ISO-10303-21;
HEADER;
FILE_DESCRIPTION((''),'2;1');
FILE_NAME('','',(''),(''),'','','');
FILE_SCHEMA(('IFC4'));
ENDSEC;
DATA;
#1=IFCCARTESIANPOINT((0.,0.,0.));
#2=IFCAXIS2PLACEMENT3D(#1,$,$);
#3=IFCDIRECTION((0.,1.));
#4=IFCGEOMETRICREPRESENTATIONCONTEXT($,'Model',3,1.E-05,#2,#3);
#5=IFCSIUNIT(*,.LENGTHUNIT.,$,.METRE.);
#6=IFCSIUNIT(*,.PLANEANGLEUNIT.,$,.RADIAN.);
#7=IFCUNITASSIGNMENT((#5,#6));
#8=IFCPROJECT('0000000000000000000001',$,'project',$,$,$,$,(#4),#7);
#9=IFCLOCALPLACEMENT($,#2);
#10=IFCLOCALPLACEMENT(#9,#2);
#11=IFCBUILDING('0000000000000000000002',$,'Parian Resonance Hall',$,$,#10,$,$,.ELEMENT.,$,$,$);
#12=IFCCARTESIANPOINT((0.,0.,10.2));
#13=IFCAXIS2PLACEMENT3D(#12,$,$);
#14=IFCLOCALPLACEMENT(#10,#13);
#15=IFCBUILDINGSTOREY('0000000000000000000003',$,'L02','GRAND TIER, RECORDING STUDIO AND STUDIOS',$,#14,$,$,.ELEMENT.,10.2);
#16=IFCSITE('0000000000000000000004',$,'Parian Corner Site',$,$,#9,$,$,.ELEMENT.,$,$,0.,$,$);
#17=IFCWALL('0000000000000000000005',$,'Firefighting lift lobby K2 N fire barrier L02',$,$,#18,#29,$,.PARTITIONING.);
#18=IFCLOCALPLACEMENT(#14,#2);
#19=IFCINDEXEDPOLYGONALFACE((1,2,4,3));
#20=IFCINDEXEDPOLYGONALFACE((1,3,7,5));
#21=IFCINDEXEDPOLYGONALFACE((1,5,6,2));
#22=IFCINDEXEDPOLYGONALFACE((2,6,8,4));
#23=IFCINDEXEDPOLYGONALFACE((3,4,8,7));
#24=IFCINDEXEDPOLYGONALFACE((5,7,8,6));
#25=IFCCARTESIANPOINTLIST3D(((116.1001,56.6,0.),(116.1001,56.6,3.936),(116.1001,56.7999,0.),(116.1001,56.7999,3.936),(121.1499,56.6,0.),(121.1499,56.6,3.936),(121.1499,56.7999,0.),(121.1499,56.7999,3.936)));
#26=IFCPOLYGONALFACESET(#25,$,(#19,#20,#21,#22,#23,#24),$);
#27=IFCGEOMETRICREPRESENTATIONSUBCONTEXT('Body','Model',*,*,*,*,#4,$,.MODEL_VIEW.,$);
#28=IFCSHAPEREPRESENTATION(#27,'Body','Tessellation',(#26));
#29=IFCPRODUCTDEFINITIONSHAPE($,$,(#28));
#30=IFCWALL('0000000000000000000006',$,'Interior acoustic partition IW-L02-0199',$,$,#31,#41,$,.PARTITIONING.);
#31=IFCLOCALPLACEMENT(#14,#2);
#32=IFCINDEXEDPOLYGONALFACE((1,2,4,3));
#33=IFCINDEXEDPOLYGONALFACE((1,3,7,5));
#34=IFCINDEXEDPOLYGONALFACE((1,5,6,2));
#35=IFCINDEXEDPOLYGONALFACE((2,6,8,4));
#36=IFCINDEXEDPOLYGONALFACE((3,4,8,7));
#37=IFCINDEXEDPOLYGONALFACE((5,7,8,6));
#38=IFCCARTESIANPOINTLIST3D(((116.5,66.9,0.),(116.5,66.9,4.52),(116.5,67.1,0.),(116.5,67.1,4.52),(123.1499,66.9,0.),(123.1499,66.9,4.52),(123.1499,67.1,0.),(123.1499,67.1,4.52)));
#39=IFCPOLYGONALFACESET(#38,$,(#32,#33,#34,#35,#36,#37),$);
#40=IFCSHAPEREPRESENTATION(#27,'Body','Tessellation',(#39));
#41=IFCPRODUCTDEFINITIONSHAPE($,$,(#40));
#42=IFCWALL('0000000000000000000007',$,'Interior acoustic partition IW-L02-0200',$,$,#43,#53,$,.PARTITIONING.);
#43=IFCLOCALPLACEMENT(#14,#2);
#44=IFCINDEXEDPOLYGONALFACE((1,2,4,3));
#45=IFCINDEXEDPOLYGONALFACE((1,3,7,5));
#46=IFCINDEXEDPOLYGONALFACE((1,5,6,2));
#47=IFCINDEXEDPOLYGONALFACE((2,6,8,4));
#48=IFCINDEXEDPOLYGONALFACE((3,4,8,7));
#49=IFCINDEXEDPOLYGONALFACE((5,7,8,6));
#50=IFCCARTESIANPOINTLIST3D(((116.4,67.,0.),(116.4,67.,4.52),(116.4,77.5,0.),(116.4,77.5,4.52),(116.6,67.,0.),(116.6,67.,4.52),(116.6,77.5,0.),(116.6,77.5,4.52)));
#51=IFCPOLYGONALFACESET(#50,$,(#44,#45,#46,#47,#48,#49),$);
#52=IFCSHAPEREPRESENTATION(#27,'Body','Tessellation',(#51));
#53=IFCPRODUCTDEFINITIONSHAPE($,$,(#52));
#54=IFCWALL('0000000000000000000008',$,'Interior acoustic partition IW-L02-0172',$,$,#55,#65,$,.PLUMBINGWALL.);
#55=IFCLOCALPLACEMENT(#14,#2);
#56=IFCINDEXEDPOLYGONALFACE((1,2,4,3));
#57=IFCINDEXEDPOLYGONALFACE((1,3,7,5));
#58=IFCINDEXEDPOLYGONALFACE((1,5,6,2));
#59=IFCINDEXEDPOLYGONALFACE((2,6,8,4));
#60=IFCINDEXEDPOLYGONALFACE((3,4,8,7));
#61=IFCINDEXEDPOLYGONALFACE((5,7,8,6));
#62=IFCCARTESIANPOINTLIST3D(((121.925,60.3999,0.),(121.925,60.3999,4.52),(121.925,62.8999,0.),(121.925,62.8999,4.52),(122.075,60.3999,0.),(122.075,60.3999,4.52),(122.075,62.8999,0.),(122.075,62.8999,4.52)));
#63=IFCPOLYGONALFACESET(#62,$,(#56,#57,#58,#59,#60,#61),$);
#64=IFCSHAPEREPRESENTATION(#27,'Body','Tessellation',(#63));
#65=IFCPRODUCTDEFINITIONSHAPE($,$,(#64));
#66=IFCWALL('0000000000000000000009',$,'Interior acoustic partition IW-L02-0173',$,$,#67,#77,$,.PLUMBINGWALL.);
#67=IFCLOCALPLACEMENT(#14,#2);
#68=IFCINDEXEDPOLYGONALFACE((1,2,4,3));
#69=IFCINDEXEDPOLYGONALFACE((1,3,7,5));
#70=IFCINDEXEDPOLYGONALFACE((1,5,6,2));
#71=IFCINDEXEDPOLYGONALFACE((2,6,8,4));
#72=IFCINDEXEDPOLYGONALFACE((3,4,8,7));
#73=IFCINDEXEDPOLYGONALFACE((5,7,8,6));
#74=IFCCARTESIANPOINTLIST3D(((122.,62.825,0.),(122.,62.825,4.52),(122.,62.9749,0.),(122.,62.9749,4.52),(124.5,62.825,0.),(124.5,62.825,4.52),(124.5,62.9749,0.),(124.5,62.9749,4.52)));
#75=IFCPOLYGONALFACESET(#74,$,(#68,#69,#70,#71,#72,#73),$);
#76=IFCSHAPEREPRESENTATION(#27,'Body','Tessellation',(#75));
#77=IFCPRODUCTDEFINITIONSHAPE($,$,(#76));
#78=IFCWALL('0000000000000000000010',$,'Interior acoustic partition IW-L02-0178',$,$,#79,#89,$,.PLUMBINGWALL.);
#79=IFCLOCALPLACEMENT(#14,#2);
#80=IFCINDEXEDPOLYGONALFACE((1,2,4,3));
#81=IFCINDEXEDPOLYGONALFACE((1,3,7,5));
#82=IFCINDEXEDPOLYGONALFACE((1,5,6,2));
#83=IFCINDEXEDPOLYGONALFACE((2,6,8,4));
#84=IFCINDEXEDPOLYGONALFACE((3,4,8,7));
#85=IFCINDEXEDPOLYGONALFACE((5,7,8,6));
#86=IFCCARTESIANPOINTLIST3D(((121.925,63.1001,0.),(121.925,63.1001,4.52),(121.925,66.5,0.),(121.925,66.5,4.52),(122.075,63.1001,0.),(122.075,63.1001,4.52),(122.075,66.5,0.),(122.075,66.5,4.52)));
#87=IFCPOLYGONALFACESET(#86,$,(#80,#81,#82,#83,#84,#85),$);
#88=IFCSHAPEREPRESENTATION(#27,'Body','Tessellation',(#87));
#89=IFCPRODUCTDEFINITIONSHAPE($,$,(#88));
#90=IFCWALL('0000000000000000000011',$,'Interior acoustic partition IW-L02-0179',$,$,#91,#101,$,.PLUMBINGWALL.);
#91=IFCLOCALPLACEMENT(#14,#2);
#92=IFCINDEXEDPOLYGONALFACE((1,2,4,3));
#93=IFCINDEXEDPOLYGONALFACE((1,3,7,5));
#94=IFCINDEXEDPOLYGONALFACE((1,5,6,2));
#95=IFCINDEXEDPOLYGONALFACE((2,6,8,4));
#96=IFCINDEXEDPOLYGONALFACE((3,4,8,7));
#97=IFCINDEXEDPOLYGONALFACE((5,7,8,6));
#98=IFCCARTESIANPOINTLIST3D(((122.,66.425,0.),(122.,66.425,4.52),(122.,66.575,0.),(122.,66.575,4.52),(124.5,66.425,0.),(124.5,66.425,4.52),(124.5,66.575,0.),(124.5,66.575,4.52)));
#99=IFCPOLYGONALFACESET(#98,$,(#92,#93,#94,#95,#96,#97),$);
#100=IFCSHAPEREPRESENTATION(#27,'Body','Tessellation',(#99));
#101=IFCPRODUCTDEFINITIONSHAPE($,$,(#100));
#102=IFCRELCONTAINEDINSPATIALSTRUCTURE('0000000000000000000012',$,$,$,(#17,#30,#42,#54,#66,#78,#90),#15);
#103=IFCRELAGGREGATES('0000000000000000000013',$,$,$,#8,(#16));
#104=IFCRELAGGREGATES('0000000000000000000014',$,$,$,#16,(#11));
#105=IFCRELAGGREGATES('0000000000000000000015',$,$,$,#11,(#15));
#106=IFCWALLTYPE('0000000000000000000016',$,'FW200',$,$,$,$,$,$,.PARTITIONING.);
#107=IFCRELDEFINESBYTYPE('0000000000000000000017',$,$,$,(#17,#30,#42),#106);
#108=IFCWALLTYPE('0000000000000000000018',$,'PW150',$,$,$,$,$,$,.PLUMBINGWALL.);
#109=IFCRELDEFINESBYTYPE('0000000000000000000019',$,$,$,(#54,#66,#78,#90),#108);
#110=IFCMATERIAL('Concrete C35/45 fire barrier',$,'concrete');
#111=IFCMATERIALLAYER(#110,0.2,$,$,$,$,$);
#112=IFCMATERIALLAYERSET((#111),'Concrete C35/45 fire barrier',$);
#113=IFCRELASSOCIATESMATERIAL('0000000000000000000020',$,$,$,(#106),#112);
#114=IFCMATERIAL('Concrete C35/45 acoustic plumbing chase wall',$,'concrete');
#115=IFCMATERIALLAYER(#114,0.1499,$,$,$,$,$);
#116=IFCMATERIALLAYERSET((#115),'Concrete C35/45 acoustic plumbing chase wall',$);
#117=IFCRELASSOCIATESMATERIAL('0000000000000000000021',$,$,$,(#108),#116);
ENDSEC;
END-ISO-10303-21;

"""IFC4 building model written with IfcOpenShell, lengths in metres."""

from ifc_helpers import new_model, si_unit, direction, frame, frame_2d, origin, place, context, subcontext, project, spatial, rectangle, extrude, material, layer, layer_set, type_object, element, save


model = new_model("IFC4")

# Units and contexts
model_context = context("Model", 3, precision=1e-05, world=origin(), true_north=direction((0.0, 1.0)))
body_context = subcontext(model_context, "Body", "Model", "MODEL_VIEW")
ifc_project = project(units=[si_unit("LENGTHUNIT", "METRE"), si_unit("PLANEANGLEUNIT", "RADIAN")], contexts=[model_context])

# Site, building, storey
site_placement = place(None, origin())
site = spatial("IfcSite", under=ifc_project, at=site_placement, Name="Parian Corner Site", CompositionType="ELEMENT", RefElevation=0.0)
building_placement = place(site_placement, origin())
building = spatial("IfcBuilding", under=site, at=building_placement, Name="Parian Resonance Hall", CompositionType="ELEMENT")
storey_placement = place(building_placement, frame((0.0, 0.0, 10.2)))
storey = spatial("IfcBuildingStorey", under=building, at=storey_placement, Name="L02", Description="GRAND TIER, RECORDING STUDIO AND STUDIOS", CompositionType="ELEMENT", Elevation=10.2)

# Walls
ifc_material_1 = material(Name="Concrete C35/45 fire barrier", Category="concrete")
ifc_layer_1 = layer(ifc_material_1, 0.2)
ifc_layer_set_1 = layer_set([ifc_layer_1], Name="Concrete C35/45 fire barrier")
wall_type_1 = type_object("IfcWallType", Name="FW200", PredefinedType="PARTITIONING", material=ifc_layer_set_1)
wall_1_placement = place(storey_placement, frame((116.1001, 56.7, 0.0), z_axis=(0.0, 0.0, 1.0), x_axis=(1.0, 0.0, 0.0)))
element("IfcWall", 1, at=wall_1_placement, inside=storey, type_object=wall_type_1, Name="Firefighting lift lobby K2 N fire barrier L02", PredefinedType="PARTITIONING", context=body_context, shape_type="SweptSolid", body=[
    extrude(rectangle(XDim=5.0498, YDim=0.2, at=frame_2d((2.5249, 0.0))), origin(), (0.0, 0.0, 1.0), 3.936),
])
wall_2_placement = place(storey_placement, frame((123.1499, 67.0, 0.0), z_axis=(0.0, 0.0, 1.0), x_axis=(-1.0, 0.0, 0.0)))
element("IfcWall", 2, at=wall_2_placement, inside=storey, type_object=wall_type_1, Name="Interior acoustic partition IW-L02-0199", PredefinedType="PARTITIONING", context=body_context, shape_type="SweptSolid", body=[
    extrude(rectangle(XDim=6.6499, YDim=0.2, at=frame_2d((3.325, 0.0))), origin(), (0.0, 0.0, 1.0), 4.52),
])
wall_3_placement = place(storey_placement, frame((116.5, 67.0, 0.0), z_axis=(0.0, 0.0, 1.0), x_axis=(0.0, 1.0, 0.0)))
element("IfcWall", 3, at=wall_3_placement, inside=storey, type_object=wall_type_1, Name="Interior acoustic partition IW-L02-0200", PredefinedType="PARTITIONING", context=body_context, shape_type="SweptSolid", body=[
    extrude(rectangle(XDim=10.5, YDim=0.2, at=frame_2d((5.25, 0.0))), origin(), (0.0, 0.0, 1.0), 4.52),
])
ifc_material_2 = material(Name="Concrete C35/45 acoustic plumbing chase wall", Category="concrete")
ifc_layer_2 = layer(ifc_material_2, 0.1499)
ifc_layer_set_2 = layer_set([ifc_layer_2], Name="Concrete C35/45 acoustic plumbing chase wall")
wall_type_2 = type_object("IfcWallType", Name="PW150", PredefinedType="PLUMBINGWALL", material=ifc_layer_set_2)
for number, where, z_axis, x_axis, name in (
    (4, (122.0, 60.3999, 0.0), (0.0, 0.0, 1.0), (0.0, 1.0, 0.0), "Interior acoustic partition IW-L02-0172"),
    (5, (122.0, 62.8999, 0.0), (0.0, 0.0, 1.0), (1.0, 0.0, 0.0), "Interior acoustic partition IW-L02-0173"),
):
    element("IfcWall", number, at=place(storey_placement, frame(where, z_axis=z_axis, x_axis=x_axis)), inside=storey, type_object=wall_type_2, Name=name, PredefinedType="PLUMBINGWALL", context=body_context, shape_type="SweptSolid", body=[
        extrude(rectangle(XDim=2.5, YDim=0.1499, at=frame_2d((1.25, 0.0))), origin(), (0.0, 0.0, 1.0), 4.52),
    ])
wall_4_placement = place(storey_placement, frame((122.0, 63.1001, 0.0), z_axis=(0.0, 0.0, 1.0), x_axis=(0.0, 1.0, 0.0)))
element("IfcWall", 6, at=wall_4_placement, inside=storey, type_object=wall_type_2, Name="Interior acoustic partition IW-L02-0178", PredefinedType="PLUMBINGWALL", context=body_context, shape_type="SweptSolid", body=[
    extrude(rectangle(XDim=3.3999, YDim=0.1499, at=frame_2d((1.7, 0.0))), origin(), (0.0, 0.0, 1.0), 4.52),
])
wall_5_placement = place(storey_placement, frame((122.0, 66.5, 0.0), z_axis=(0.0, 0.0, 1.0), x_axis=(1.0, 0.0, 0.0)))
element("IfcWall", 7, at=wall_5_placement, inside=storey, type_object=wall_type_2, Name="Interior acoustic partition IW-L02-0179", PredefinedType="PLUMBINGWALL", context=body_context, shape_type="SweptSolid", body=[
    extrude(rectangle(XDim=2.5, YDim=0.1499, at=frame_2d((1.25, 0.0))), origin(), (0.0, 0.0, 1.0), 4.52),
])

save(model, "model.ifc")
